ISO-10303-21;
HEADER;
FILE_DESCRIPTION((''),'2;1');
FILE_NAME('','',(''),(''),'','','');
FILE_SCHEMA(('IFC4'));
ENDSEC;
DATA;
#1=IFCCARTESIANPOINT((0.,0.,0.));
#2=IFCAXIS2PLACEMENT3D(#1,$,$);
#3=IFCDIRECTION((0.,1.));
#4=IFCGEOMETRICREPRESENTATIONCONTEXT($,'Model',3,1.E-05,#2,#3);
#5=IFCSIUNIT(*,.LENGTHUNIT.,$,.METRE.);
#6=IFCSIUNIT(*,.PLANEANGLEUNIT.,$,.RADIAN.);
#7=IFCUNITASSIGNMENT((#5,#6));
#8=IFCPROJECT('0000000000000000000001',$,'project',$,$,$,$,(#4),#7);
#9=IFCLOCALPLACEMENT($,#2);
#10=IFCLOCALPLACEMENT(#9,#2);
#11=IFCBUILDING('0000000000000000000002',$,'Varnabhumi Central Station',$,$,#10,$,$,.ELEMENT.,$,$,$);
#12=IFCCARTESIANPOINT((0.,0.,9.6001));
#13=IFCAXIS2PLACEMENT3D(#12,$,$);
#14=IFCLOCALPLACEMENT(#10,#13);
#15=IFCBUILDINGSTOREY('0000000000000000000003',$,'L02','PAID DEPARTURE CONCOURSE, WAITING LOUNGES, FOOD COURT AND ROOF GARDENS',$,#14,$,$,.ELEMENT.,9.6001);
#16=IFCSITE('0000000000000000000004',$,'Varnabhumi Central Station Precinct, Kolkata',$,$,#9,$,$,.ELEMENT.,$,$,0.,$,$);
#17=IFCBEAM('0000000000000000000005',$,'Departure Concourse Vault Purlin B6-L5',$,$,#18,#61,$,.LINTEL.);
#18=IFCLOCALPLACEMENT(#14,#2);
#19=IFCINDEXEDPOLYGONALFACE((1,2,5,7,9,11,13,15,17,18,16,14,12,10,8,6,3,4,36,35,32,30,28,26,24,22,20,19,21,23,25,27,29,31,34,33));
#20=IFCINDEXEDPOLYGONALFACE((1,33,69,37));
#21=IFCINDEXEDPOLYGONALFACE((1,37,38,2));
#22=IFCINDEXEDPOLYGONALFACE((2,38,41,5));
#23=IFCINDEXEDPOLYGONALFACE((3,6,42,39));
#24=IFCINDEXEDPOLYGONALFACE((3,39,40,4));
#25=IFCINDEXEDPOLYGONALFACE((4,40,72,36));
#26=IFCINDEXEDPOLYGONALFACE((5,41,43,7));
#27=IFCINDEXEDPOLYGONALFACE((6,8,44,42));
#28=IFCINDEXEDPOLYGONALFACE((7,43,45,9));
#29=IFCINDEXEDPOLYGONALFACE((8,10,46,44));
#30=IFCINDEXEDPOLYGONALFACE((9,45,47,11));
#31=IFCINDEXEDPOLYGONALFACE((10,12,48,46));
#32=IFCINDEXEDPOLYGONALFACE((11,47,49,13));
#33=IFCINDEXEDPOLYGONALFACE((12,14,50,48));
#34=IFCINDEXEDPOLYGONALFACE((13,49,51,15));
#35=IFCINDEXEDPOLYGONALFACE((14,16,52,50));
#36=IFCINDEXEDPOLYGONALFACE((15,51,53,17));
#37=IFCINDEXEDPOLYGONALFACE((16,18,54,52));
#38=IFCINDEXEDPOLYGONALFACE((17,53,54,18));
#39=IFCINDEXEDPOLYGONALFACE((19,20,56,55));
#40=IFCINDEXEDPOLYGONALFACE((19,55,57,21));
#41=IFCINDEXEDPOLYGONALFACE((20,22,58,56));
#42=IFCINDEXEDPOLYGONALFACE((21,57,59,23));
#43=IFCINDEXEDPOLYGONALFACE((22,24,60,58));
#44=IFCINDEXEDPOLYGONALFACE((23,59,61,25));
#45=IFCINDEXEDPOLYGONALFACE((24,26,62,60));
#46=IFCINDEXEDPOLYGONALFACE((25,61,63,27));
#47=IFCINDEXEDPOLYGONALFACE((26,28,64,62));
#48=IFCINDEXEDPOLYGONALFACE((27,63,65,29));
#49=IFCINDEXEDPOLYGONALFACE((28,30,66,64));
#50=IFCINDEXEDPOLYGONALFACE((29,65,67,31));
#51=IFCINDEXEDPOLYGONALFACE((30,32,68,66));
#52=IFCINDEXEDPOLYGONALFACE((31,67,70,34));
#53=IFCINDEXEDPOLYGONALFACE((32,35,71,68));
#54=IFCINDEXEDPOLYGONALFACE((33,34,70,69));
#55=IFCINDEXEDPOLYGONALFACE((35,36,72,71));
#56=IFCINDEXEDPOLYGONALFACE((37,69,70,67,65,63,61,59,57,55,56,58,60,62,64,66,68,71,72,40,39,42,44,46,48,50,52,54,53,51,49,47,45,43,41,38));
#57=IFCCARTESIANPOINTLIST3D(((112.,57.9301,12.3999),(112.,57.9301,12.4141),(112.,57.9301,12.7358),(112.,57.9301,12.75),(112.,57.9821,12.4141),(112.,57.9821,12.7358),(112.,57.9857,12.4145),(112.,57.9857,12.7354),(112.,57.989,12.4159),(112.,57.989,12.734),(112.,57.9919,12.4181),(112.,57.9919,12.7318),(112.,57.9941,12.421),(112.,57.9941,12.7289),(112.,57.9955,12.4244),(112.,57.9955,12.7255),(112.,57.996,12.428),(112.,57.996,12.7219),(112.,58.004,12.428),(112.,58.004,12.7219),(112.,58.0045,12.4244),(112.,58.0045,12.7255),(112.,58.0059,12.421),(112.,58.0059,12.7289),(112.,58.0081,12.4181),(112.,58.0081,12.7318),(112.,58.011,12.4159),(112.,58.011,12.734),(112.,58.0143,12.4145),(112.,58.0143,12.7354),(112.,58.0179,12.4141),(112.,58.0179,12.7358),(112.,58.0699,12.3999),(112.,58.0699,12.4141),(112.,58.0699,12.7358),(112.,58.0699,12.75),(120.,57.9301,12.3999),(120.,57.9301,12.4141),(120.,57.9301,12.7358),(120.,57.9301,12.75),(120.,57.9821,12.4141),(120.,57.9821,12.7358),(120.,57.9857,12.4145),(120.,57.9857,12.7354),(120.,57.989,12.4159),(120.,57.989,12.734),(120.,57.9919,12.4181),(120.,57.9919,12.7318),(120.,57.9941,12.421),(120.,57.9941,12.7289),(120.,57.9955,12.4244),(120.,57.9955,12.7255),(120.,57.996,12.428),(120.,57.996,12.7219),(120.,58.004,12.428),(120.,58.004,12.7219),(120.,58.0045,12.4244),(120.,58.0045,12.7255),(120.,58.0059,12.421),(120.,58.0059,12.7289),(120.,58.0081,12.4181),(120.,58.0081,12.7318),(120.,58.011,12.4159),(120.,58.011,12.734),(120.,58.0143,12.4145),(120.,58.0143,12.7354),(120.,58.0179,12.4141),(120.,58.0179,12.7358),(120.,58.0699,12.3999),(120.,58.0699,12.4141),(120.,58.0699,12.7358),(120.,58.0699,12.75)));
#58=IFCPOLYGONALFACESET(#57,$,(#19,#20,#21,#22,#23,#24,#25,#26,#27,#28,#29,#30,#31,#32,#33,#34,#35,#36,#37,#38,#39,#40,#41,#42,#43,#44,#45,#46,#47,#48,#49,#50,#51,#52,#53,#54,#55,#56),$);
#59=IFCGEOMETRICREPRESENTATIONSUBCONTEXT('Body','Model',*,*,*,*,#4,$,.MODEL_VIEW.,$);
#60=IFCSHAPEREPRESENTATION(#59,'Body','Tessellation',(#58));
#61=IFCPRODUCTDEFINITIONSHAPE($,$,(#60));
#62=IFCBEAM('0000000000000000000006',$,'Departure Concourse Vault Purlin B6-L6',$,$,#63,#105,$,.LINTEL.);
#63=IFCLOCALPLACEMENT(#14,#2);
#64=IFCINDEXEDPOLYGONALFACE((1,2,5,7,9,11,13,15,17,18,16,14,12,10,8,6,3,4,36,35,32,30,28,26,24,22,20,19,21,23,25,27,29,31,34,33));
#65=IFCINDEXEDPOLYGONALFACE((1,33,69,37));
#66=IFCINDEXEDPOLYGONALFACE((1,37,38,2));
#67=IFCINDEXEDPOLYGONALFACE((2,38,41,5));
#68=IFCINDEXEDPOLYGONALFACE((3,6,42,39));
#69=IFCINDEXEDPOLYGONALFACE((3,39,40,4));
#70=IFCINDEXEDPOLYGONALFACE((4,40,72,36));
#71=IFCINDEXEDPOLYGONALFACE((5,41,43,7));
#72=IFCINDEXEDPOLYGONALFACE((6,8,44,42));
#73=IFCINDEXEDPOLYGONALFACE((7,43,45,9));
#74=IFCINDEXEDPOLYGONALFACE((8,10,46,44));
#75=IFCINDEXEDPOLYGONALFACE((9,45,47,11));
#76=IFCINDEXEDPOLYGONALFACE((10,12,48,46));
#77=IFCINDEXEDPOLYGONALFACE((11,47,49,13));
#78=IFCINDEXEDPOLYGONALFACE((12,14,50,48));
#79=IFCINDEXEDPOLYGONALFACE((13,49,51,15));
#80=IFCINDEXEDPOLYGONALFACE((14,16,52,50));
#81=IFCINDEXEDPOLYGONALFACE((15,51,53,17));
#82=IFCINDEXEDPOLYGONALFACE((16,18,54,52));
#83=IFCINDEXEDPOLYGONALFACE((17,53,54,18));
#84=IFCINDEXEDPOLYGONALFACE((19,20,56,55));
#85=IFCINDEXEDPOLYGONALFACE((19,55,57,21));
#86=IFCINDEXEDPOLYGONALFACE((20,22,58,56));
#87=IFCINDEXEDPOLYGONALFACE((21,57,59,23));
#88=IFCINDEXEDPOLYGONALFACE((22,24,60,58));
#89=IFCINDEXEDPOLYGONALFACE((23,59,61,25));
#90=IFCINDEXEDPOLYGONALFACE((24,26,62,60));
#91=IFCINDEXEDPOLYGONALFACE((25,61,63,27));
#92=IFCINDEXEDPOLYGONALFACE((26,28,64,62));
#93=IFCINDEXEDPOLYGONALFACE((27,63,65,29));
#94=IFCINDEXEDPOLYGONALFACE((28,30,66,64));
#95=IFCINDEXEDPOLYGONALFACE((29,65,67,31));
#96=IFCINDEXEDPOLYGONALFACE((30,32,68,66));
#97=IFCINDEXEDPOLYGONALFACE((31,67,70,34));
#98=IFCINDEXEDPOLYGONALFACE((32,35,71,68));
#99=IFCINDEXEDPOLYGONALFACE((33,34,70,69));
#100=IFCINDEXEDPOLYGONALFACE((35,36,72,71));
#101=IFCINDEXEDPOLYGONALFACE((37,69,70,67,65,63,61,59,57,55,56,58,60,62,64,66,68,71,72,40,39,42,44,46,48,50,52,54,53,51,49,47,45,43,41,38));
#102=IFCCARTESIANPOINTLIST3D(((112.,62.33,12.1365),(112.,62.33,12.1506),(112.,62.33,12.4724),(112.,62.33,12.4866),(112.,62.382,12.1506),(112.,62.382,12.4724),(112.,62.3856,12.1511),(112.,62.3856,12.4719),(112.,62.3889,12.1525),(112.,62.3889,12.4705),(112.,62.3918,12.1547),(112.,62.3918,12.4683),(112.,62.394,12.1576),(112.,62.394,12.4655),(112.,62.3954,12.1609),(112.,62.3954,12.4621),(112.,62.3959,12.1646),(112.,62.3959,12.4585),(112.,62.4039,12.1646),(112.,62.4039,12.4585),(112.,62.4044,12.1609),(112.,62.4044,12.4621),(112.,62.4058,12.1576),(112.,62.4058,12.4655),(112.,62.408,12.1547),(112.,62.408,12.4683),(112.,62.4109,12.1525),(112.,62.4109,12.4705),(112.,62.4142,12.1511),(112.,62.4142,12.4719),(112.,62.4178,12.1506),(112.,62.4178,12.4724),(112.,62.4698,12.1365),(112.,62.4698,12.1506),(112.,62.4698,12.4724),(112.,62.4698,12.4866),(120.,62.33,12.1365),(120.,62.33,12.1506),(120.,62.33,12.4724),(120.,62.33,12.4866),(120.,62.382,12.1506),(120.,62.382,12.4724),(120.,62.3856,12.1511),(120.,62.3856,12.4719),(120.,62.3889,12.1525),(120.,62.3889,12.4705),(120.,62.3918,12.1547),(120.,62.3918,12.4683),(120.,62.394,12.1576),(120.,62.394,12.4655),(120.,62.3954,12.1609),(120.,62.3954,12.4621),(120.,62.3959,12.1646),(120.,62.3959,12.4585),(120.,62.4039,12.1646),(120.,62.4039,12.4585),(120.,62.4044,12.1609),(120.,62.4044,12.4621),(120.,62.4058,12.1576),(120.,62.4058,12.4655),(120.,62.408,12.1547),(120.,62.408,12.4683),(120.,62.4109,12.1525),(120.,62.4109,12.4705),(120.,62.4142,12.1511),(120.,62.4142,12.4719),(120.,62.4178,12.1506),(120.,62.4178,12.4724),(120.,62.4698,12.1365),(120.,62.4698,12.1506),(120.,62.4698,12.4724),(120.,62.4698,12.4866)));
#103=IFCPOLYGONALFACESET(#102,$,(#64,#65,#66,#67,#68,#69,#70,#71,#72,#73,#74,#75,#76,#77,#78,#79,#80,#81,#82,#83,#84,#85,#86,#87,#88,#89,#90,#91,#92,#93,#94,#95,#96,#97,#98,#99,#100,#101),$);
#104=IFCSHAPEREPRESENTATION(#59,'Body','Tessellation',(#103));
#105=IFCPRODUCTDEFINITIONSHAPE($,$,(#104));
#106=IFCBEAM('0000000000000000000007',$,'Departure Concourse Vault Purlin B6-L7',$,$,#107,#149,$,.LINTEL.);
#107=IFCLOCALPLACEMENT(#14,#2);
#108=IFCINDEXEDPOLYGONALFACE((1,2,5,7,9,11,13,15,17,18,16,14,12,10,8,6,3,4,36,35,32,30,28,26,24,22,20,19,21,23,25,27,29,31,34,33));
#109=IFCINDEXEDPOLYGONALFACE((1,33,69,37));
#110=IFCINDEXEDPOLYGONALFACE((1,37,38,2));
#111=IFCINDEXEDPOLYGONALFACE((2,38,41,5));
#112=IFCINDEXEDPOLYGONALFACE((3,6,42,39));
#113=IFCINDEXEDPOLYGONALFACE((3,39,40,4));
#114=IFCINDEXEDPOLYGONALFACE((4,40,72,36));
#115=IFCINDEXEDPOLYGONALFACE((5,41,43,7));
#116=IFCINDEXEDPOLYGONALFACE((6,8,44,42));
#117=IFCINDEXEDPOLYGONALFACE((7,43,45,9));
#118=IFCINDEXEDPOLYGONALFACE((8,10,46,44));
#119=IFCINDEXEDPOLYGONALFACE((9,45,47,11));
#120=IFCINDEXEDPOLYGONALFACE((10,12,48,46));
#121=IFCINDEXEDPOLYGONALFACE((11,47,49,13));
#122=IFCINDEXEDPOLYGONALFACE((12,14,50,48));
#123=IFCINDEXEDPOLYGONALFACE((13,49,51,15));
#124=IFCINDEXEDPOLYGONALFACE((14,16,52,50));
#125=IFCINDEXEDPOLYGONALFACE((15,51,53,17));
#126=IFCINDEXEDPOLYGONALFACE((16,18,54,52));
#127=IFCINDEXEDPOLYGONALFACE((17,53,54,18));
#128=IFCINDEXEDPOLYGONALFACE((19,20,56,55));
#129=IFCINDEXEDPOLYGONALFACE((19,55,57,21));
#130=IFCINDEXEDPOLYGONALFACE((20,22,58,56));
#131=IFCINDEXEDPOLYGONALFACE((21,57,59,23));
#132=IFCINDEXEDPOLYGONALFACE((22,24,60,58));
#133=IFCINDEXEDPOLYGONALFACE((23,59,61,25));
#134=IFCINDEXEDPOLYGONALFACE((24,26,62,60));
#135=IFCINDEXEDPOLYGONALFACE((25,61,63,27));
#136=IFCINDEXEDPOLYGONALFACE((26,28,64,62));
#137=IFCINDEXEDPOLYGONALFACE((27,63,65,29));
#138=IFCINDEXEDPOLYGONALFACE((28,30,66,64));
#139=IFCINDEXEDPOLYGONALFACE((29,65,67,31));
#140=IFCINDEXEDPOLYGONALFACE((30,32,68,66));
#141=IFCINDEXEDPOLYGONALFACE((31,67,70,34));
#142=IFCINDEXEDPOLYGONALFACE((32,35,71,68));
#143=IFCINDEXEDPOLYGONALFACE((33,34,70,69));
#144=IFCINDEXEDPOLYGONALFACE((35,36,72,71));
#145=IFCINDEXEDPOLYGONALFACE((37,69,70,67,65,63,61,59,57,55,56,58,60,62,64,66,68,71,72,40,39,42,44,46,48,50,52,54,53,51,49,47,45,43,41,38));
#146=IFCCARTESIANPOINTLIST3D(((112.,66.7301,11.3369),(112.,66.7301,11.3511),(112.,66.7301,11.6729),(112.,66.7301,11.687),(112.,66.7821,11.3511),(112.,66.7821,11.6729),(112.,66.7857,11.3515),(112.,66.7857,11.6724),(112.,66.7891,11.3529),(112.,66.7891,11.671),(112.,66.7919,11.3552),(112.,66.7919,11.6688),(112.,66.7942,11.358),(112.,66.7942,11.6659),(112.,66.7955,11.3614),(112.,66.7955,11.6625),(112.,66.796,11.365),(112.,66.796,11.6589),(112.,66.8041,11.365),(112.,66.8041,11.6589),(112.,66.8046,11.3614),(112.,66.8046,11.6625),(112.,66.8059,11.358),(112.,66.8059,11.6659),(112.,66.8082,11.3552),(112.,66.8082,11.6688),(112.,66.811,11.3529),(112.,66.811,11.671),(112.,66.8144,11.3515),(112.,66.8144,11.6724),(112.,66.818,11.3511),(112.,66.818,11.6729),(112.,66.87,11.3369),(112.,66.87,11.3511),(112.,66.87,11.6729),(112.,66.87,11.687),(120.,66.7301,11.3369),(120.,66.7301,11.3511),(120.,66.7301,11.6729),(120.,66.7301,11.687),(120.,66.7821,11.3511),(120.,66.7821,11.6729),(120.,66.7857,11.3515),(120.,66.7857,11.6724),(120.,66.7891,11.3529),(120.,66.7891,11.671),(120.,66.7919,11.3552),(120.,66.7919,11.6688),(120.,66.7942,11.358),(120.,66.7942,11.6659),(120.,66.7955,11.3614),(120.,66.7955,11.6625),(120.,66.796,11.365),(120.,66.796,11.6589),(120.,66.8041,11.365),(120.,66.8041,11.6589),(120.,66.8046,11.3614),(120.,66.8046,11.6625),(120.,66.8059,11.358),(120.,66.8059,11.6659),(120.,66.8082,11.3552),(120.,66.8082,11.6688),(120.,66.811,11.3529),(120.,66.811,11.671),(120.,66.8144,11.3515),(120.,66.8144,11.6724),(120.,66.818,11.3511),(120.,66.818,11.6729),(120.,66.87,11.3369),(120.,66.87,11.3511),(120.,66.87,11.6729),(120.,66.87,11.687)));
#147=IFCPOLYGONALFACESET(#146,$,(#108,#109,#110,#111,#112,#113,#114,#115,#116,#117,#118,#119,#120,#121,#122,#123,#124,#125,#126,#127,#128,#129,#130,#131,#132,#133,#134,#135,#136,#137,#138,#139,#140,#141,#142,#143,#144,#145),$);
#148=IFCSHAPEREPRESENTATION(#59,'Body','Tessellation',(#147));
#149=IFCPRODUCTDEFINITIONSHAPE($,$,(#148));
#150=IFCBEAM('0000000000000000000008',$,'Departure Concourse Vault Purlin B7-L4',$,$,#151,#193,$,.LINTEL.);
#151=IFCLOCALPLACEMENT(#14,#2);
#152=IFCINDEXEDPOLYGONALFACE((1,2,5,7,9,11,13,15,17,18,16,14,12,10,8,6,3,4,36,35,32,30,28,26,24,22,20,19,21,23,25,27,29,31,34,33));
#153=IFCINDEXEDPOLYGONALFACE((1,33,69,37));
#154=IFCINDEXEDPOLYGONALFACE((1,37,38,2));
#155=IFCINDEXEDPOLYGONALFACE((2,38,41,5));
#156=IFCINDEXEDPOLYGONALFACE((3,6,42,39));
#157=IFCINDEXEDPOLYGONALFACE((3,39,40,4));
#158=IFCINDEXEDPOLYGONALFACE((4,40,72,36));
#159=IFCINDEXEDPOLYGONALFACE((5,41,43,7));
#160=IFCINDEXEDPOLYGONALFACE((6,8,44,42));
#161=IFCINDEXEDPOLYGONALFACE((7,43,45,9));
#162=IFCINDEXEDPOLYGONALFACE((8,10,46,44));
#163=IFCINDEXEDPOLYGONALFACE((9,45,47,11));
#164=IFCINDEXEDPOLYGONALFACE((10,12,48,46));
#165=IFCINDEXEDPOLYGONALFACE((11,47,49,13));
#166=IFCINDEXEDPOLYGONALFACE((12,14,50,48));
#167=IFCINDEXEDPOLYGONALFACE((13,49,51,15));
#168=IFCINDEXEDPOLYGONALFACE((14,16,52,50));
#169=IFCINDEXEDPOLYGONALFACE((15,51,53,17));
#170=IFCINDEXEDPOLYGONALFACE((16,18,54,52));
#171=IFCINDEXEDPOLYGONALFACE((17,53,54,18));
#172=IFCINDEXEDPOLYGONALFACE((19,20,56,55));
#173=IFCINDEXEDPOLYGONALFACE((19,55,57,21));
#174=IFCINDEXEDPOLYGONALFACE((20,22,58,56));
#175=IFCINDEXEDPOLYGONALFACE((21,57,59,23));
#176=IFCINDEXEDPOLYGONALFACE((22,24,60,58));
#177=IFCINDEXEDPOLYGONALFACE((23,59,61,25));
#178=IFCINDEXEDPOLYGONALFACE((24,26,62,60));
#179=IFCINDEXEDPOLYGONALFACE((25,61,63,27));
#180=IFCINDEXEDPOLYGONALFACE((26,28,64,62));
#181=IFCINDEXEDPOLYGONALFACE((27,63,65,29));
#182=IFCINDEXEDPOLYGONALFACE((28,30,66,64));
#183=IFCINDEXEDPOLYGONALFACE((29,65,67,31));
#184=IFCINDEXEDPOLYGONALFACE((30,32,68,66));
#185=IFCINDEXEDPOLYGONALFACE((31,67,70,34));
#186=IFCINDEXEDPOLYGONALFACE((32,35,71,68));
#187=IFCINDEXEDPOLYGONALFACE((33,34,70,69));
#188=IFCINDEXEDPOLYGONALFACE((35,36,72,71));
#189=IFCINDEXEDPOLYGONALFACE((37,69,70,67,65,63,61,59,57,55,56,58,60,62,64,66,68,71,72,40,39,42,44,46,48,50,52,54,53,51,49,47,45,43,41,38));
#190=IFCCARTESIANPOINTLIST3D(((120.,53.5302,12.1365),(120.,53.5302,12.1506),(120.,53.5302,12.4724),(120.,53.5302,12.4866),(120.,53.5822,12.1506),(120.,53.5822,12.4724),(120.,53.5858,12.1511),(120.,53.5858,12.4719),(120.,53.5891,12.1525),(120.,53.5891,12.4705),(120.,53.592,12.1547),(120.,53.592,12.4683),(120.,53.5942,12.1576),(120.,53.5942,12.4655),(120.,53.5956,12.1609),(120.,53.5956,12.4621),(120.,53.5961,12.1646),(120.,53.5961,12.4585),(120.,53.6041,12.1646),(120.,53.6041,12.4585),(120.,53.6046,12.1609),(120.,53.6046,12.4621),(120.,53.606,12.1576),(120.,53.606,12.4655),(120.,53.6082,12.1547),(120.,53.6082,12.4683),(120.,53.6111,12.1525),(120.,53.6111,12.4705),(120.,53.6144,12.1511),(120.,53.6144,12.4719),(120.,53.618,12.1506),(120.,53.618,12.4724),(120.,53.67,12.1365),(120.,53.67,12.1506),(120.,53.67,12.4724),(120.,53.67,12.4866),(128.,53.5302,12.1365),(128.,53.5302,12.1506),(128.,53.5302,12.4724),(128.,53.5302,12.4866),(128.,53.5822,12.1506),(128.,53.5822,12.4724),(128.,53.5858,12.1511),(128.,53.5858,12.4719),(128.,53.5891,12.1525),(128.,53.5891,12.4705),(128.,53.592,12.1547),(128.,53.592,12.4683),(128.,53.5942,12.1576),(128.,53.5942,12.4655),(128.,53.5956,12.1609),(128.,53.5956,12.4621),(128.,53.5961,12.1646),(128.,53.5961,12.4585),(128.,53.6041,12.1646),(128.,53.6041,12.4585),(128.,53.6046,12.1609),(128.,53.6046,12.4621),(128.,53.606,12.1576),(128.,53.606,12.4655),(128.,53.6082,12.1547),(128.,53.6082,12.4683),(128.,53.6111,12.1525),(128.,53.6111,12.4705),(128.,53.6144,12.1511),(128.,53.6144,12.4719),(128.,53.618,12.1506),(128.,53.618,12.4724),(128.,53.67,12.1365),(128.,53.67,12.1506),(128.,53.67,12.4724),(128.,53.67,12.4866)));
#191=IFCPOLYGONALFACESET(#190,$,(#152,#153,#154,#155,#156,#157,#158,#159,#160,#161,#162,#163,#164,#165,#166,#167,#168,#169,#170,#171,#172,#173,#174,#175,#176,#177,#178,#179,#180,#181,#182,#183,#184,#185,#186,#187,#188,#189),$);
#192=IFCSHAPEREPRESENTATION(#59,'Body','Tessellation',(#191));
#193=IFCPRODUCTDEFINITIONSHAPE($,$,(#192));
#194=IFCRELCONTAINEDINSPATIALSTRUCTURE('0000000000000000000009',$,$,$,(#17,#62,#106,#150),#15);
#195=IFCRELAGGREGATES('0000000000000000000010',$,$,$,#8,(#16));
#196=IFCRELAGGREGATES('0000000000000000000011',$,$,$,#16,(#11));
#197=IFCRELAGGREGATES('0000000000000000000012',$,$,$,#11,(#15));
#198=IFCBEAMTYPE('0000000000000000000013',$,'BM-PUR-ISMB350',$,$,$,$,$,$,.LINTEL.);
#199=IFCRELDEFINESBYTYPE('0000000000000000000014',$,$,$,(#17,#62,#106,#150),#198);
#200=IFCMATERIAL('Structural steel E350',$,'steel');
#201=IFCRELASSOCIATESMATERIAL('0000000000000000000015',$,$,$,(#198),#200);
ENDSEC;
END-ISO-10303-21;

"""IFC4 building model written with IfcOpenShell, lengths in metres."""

from ifc_helpers import new_model, si_unit, direction, frame, origin, origin_2d, place, context, subcontext, project, spatial, i_section, extrude, material, material_profile, profile_set, type_object, element, save


model = new_model("IFC4")

# Units and contexts
model_context = context("Model", 3, precision=1e-05, world=origin(), true_north=direction((0.0, 1.0)))
body_context = subcontext(model_context, "Body", "Model", "MODEL_VIEW")
ifc_project = project(units=[si_unit("LENGTHUNIT", "METRE"), si_unit("PLANEANGLEUNIT", "RADIAN")], contexts=[model_context])

# Site, building, storey
site_placement = place(None, origin())
site = spatial("IfcSite", under=ifc_project, at=site_placement, Name="Varnabhumi Central Station Precinct, Kolkata", CompositionType="ELEMENT", RefElevation=0.0)
building_placement = place(site_placement, origin())
building = spatial("IfcBuilding", under=site, at=building_placement, Name="Varnabhumi Central Station", CompositionType="ELEMENT")
storey_placement = place(building_placement, frame((0.0, 0.0, 9.6001)))
storey = spatial("IfcBuildingStorey", under=building, at=storey_placement, Name="L02", Description="PAID DEPARTURE CONCOURSE, WAITING LOUNGES, FOOD COURT AND ROOF GARDENS", CompositionType="ELEMENT", Elevation=9.6001)

# Beams
ifc_material_1 = material(Name="Structural steel E350", Category="steel")
ifc_material_profile_1 = material_profile(ifc_material_1, i_section(OverallWidth=0.1399, OverallDepth=0.3501, WebThickness=0.0081, FlangeThickness=0.0142, FilletRadius=0.0139, at=origin_2d()), Name="Structural steel E350", Category="steel")
ifc_profile_set_1 = profile_set([ifc_material_profile_1], Name="Structural steel E350")
beam_type_1 = type_object("IfcBeamType", Name="BM-PUR-ISMB350", PredefinedType="LINTEL", material=ifc_profile_set_1)
for number, where, z_axis, x_axis, name in (
    (1, (112.0, 58.0, 12.575), (1.0, 0.0, 0.0), (0.0, 1.0, 0.0), "Departure Concourse Vault Purlin B6-L5"),
    (2, (112.0, 62.3999, 12.3115), (1.0, 0.0, 0.0), (0.0, 1.0, 0.0), "Departure Concourse Vault Purlin B6-L6"),
    (3, (112.0, 66.8, 11.512), (1.0, 0.0, 0.0), (0.0, 1.0, 0.0), "Departure Concourse Vault Purlin B6-L7"),
    (4, (120.0, 53.6001, 12.3115), (1.0, 0.0, 0.0), (0.0, 1.0, 0.0), "Departure Concourse Vault Purlin B7-L4"),
):
    element("IfcBeam", number, at=place(storey_placement, frame(where, z_axis=z_axis, x_axis=x_axis)), inside=storey, type_object=beam_type_1, Name=name, PredefinedType="LINTEL", context=body_context, shape_type="SweptSolid", body=[
        extrude(i_section(OverallWidth=0.1399, OverallDepth=0.3501, WebThickness=0.0081, FlangeThickness=0.0142, FilletRadius=0.0139, at=origin_2d()), origin(), (0.0, 0.0, 1.0), 8.0),
    ])

save(model, "model.ifc")
